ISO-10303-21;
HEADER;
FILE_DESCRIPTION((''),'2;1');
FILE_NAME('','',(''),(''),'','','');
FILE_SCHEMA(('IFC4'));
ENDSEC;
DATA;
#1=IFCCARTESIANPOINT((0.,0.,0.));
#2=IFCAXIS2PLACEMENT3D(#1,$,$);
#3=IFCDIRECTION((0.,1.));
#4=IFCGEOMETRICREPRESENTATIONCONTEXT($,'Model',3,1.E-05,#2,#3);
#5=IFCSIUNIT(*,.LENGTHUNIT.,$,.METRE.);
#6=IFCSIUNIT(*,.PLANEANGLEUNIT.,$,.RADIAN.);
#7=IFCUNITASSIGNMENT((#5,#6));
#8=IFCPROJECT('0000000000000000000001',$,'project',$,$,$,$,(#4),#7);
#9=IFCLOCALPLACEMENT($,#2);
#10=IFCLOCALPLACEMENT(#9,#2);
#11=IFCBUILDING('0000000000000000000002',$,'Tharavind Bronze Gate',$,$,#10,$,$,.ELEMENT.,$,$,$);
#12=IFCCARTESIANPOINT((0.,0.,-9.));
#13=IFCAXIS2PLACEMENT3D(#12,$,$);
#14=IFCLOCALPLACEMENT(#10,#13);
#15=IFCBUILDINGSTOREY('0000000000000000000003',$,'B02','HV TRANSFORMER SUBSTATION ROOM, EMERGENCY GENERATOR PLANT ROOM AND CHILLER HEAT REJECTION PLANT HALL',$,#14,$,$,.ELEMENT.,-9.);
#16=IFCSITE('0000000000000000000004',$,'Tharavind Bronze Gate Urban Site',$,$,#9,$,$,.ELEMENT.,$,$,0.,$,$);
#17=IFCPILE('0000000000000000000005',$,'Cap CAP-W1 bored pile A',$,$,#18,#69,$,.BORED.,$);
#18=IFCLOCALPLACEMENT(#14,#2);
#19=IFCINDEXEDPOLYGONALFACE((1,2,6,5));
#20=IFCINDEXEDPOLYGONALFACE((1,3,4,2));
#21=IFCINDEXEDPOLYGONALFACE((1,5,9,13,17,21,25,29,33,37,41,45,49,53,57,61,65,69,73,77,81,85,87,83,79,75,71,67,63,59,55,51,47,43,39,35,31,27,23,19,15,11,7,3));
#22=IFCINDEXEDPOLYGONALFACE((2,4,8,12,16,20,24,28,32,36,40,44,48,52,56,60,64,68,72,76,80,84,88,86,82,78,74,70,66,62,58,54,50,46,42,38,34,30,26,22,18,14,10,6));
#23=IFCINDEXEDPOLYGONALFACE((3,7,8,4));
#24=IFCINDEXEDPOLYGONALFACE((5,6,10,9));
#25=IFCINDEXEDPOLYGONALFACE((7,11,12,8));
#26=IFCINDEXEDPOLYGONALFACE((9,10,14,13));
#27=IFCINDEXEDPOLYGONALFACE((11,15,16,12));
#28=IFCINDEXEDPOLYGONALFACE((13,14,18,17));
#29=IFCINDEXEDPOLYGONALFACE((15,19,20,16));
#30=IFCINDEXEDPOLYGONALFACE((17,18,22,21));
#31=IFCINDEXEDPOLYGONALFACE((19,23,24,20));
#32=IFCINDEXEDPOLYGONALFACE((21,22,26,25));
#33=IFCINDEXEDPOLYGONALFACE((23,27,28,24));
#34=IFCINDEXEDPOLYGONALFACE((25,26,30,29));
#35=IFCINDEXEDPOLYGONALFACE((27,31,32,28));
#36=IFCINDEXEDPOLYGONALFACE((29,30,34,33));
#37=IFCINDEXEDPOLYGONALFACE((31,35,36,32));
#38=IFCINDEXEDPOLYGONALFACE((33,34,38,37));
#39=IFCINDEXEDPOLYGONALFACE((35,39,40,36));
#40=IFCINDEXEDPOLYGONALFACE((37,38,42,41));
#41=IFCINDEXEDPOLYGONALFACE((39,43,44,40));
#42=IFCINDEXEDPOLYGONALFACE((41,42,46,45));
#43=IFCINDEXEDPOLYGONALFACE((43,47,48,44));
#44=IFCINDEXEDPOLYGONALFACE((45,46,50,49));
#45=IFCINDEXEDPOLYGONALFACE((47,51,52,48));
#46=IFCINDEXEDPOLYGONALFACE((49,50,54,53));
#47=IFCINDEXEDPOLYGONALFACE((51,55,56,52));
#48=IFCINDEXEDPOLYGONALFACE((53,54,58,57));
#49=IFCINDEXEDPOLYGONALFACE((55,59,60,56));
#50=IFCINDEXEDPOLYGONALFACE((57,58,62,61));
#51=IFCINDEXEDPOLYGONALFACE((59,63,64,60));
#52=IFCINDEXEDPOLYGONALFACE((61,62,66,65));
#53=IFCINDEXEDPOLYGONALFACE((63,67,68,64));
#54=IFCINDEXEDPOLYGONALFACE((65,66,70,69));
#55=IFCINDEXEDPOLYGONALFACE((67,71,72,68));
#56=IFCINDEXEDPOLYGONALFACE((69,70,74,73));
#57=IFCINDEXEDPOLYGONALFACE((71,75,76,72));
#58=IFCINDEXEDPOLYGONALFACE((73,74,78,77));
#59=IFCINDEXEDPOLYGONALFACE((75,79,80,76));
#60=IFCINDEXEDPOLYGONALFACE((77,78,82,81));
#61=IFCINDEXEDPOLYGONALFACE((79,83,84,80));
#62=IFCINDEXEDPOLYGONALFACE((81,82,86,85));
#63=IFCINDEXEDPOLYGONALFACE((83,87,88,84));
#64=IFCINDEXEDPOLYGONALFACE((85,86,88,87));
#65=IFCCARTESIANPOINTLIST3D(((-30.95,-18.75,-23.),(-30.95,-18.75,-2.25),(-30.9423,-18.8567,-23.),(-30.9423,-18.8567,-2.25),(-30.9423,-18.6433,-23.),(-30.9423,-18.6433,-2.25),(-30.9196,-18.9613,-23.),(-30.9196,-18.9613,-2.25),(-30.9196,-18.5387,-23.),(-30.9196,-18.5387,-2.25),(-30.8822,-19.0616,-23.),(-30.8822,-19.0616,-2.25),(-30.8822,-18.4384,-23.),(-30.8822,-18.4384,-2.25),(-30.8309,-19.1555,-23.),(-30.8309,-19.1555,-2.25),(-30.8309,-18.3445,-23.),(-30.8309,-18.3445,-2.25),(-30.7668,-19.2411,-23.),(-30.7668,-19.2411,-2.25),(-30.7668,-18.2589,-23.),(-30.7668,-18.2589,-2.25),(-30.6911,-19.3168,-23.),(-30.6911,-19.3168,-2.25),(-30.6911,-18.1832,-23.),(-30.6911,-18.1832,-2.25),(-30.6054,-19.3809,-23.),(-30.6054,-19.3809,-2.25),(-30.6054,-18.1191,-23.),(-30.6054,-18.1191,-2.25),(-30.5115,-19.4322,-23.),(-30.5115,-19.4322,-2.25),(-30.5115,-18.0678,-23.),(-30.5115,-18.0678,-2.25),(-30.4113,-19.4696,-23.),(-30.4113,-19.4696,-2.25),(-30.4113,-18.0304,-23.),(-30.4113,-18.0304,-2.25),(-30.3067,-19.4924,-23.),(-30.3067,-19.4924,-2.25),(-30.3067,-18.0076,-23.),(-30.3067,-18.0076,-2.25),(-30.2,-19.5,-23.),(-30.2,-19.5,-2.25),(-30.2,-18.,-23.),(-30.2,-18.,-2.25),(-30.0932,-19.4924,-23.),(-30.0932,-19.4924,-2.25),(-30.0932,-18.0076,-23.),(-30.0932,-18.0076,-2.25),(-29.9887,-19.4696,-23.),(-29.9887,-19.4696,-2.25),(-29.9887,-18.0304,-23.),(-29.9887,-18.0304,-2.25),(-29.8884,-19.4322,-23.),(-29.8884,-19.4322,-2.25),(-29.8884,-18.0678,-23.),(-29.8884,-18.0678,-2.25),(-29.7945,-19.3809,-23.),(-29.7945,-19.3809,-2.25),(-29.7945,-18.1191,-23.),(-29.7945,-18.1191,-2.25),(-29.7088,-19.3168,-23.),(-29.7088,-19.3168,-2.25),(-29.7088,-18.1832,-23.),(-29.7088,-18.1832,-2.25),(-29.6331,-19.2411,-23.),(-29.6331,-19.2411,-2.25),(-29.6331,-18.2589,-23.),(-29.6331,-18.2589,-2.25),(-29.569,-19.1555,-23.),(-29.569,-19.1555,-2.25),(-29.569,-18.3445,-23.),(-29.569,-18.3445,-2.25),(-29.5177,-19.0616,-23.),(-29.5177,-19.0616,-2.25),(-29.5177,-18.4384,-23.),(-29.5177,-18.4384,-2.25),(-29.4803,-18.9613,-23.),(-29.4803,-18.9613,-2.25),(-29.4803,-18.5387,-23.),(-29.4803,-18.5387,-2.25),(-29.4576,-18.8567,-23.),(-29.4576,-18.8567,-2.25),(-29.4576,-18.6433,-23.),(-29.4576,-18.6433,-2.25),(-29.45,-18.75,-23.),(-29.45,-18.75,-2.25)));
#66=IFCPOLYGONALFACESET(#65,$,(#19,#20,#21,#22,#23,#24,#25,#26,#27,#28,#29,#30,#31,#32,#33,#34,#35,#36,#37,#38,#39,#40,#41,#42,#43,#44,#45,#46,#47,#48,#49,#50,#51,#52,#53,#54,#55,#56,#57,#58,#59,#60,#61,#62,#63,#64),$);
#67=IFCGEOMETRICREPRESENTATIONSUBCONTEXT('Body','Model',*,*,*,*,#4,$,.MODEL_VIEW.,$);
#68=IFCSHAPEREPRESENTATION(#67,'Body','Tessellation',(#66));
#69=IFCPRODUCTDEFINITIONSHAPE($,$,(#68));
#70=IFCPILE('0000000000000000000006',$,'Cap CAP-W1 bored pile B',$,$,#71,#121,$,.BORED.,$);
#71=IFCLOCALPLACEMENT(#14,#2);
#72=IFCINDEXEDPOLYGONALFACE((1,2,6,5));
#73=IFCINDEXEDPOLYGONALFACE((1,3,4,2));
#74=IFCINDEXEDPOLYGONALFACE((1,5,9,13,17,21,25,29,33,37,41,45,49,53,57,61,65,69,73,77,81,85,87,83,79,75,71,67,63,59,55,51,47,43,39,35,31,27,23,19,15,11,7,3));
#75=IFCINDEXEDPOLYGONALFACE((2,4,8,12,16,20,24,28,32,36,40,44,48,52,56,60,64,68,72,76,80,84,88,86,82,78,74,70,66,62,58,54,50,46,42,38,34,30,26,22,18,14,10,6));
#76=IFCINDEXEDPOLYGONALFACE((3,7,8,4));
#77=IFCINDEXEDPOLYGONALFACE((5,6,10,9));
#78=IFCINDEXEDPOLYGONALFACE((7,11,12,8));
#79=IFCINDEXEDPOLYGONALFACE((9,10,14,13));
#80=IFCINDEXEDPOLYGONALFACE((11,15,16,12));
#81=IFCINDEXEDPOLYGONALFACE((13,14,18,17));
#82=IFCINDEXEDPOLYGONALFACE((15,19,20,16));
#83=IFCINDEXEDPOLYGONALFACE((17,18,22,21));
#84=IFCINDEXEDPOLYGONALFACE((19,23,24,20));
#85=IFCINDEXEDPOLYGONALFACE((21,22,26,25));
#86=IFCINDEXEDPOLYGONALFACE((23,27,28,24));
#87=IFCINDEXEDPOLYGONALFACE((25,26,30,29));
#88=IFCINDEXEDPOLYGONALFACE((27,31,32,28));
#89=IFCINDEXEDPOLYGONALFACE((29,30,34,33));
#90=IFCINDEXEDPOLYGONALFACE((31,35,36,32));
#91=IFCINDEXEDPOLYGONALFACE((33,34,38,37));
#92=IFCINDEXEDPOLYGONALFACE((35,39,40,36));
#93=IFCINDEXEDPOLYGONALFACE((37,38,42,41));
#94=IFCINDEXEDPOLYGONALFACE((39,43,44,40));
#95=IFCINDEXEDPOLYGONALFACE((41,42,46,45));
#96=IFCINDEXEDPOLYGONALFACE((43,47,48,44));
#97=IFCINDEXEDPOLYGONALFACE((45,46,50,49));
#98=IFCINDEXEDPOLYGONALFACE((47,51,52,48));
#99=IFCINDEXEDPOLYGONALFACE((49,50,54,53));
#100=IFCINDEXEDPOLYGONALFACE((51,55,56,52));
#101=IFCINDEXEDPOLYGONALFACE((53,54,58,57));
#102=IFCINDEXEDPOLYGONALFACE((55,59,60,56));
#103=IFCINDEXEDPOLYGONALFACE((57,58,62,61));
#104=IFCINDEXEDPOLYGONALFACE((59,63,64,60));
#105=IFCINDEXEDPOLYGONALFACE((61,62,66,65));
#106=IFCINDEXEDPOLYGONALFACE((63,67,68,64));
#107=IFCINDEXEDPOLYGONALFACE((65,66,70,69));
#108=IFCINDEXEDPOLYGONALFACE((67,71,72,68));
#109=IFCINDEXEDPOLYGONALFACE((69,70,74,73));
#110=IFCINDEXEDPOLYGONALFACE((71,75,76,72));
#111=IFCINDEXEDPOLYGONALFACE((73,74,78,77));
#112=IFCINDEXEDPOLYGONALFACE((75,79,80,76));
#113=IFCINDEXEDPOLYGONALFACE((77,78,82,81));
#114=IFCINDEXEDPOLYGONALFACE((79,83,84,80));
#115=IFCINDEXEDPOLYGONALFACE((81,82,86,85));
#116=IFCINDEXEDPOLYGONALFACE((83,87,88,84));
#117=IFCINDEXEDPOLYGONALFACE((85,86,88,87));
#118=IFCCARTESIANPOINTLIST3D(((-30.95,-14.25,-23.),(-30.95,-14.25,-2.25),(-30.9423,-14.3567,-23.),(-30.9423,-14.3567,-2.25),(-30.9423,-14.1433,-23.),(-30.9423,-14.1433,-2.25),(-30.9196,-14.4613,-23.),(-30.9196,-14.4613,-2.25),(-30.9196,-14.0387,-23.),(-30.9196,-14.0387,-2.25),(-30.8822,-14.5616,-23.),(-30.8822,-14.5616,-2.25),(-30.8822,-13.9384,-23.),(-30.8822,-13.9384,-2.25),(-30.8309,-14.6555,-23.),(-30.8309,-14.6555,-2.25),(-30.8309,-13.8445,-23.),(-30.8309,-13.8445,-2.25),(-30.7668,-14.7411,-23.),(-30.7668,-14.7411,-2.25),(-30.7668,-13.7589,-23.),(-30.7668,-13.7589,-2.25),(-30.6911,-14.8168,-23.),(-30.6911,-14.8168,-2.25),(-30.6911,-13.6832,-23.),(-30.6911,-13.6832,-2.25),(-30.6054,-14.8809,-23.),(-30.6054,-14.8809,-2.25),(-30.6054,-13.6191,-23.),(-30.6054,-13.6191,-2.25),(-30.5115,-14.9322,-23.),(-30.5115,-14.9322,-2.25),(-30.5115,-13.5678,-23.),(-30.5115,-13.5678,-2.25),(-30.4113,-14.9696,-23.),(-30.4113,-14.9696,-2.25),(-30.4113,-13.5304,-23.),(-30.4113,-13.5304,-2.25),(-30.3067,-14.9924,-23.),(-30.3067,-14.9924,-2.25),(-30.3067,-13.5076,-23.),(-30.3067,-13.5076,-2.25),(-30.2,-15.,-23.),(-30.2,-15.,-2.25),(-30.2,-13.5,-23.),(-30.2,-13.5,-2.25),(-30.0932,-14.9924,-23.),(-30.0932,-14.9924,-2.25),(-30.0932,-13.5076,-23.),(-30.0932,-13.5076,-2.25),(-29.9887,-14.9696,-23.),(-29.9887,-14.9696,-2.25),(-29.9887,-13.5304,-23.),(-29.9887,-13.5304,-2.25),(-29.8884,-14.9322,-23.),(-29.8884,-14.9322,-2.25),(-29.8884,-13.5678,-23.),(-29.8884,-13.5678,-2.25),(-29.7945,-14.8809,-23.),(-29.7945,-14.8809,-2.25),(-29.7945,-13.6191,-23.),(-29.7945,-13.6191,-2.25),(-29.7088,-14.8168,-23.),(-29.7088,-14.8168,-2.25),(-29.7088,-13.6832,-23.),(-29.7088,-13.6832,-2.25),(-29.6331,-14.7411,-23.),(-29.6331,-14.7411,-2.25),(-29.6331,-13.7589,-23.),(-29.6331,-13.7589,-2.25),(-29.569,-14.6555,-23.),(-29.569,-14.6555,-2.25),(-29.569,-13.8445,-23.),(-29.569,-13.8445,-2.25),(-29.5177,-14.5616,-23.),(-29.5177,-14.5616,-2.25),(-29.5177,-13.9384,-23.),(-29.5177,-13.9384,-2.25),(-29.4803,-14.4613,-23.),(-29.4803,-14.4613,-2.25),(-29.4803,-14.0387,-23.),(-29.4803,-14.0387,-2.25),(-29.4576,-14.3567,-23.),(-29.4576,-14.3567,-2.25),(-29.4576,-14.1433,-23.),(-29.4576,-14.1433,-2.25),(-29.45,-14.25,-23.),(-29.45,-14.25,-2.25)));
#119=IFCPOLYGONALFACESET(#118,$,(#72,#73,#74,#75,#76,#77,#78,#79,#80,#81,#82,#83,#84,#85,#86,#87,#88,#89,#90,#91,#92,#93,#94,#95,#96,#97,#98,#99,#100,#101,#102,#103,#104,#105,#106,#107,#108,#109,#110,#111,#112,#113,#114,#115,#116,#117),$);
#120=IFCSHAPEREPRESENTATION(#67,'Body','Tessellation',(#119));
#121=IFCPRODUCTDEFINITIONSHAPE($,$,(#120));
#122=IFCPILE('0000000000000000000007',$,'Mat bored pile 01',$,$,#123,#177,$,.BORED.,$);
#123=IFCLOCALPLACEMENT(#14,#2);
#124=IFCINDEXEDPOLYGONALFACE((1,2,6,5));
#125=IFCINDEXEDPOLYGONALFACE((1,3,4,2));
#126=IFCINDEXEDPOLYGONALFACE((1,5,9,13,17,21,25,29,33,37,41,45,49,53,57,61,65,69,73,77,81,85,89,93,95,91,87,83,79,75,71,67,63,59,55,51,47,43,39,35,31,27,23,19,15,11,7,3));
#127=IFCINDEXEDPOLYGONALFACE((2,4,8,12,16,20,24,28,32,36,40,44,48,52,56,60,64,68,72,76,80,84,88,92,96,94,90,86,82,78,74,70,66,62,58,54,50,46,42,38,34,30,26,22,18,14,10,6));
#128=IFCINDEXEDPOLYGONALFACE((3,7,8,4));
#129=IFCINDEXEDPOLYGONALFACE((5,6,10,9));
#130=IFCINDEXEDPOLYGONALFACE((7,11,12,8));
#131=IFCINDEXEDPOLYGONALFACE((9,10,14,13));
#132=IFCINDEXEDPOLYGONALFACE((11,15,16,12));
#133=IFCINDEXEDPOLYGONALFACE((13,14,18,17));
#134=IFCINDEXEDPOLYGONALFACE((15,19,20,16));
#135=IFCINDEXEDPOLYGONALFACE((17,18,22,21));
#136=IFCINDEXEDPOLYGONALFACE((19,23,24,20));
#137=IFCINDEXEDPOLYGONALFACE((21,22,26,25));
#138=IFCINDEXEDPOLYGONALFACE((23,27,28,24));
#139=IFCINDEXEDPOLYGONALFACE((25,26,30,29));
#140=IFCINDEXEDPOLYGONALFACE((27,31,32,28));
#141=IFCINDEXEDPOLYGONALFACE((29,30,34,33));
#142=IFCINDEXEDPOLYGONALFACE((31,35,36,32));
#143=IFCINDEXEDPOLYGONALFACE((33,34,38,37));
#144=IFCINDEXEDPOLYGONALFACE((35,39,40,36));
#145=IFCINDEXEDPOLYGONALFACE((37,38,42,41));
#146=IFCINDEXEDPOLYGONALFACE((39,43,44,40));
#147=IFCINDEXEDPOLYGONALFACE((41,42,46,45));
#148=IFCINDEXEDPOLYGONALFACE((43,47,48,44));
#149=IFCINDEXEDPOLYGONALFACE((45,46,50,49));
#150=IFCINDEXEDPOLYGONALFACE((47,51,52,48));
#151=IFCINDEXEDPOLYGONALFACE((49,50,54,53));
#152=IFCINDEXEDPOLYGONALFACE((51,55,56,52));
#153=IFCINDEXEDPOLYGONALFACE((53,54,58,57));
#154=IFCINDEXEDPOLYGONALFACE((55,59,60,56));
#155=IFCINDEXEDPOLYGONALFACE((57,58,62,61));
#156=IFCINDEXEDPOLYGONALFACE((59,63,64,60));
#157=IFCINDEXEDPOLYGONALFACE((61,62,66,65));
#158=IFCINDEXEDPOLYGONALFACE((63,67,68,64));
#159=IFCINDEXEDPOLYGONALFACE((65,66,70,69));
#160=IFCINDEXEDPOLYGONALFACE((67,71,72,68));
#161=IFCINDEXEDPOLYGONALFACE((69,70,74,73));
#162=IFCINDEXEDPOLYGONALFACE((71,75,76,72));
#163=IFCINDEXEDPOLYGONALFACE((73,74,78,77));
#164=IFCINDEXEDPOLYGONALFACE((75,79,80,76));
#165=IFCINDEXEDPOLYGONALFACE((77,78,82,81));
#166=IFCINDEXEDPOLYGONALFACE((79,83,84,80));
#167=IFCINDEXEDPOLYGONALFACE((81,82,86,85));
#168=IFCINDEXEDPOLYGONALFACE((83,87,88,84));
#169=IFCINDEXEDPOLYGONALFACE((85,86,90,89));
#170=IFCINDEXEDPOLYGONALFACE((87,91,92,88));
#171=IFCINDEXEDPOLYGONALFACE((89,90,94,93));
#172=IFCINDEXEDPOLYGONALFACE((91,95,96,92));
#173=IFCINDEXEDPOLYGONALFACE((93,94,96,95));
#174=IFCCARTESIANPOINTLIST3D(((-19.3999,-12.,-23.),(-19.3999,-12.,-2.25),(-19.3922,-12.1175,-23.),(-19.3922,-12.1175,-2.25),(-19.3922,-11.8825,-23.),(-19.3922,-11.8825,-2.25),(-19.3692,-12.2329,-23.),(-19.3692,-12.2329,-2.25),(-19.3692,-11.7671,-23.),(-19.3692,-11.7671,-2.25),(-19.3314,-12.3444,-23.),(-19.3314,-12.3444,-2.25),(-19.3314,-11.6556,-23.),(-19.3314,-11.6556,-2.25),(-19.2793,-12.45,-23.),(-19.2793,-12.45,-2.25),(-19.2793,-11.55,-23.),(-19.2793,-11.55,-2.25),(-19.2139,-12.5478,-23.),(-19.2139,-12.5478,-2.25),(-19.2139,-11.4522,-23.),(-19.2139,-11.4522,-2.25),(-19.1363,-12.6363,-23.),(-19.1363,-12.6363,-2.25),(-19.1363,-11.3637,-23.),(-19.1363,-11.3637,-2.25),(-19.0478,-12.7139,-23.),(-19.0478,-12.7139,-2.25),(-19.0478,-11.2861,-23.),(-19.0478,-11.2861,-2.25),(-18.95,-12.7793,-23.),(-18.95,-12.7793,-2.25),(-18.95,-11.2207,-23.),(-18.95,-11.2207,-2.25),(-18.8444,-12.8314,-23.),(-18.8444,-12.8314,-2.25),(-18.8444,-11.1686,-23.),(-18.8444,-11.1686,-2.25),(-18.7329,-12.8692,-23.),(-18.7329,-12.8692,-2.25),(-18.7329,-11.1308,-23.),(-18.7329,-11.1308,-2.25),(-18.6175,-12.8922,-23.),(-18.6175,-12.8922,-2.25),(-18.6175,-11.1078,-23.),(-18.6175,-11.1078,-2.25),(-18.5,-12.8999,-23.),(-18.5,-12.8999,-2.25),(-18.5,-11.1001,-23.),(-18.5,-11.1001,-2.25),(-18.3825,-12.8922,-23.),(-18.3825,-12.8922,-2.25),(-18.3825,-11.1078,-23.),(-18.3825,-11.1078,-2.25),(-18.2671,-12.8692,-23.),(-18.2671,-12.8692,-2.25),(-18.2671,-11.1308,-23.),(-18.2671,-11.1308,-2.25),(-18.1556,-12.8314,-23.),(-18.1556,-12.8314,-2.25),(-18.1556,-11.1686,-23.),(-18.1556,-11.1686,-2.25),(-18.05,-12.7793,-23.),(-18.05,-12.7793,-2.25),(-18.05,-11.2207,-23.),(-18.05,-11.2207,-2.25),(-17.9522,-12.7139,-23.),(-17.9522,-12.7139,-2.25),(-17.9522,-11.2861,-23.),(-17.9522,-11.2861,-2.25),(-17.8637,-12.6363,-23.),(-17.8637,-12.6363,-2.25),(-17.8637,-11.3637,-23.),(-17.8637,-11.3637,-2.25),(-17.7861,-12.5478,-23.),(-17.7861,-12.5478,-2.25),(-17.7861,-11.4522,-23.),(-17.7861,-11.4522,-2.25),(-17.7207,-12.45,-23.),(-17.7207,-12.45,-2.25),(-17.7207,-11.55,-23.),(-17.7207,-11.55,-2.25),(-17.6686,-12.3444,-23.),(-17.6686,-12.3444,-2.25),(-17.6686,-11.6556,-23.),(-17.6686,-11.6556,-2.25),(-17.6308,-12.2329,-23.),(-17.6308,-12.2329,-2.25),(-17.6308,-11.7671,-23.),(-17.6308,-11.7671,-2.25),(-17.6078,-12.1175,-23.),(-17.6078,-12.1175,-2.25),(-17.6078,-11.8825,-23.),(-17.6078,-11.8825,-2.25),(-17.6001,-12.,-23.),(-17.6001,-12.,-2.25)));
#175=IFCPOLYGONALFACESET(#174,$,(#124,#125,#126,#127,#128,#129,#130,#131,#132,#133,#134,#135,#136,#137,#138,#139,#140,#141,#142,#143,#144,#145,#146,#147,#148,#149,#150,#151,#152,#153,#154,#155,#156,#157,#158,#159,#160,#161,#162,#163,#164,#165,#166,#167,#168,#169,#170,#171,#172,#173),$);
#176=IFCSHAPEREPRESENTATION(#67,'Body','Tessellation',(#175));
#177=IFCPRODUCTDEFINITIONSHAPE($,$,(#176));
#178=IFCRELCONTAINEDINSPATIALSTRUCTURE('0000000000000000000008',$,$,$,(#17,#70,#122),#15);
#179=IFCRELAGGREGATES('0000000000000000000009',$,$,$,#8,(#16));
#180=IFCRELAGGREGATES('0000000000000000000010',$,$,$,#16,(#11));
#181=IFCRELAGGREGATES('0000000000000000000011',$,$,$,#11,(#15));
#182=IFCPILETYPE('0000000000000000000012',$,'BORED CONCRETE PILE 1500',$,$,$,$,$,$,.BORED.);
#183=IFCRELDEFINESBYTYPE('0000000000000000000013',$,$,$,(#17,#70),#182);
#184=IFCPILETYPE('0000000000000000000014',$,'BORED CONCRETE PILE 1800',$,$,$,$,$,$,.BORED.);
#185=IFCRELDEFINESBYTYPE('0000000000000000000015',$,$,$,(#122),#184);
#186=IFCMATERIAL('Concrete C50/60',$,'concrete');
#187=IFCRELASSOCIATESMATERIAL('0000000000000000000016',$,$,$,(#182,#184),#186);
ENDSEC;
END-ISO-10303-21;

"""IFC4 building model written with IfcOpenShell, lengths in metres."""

from ifc_helpers import new_model, si_unit, direction, frame, origin, origin_2d, place, context, subcontext, project, spatial, circle, extrude, material, material_profile, profile_set, type_object, element, save


model = new_model("IFC4")

# Units and contexts
model_context = context("Model", 3, precision=1e-05, world=origin(), true_north=direction((0.0, 1.0)))
body_context = subcontext(model_context, "Body", "Model", "MODEL_VIEW")
ifc_project = project(units=[si_unit("LENGTHUNIT", "METRE"), si_unit("PLANEANGLEUNIT", "RADIAN")], contexts=[model_context])

# Site, building, storey
site_placement = place(None, origin())
site = spatial("IfcSite", under=ifc_project, at=site_placement, Name="Tharavind Bronze Gate Urban Site", CompositionType="ELEMENT", RefElevation=0.0)
building_placement = place(site_placement, origin())
building = spatial("IfcBuilding", under=site, at=building_placement, Name="Tharavind Bronze Gate", CompositionType="ELEMENT")
storey_placement = place(building_placement, frame((0.0, 0.0, -9.0)))
storey = spatial("IfcBuildingStorey", under=building, at=storey_placement, Name="B02", Description="HV TRANSFORMER SUBSTATION ROOM, EMERGENCY GENERATOR PLANT ROOM AND CHILLER HEAT REJECTION PLANT HALL", CompositionType="ELEMENT", Elevation=-9.0)

# Piles
ifc_material_1 = material(Name="Concrete C50/60", Category="concrete")
ifc_material_profile_1 = material_profile(ifc_material_1, circle(Radius=0.75, at=origin_2d()), Name="PILE1500")
ifc_profile_set_1 = profile_set([ifc_material_profile_1], Name="Concrete C50/60")
pile_type_1 = type_object("IfcPileType", Name="BORED CONCRETE PILE 1500", PredefinedType="BORED", material=ifc_profile_set_1)
for number, where, z_axis, x_axis, name in (
    (1, (-30.2, -18.75, -2.25), (0.0, 0.0, -1.0), (1.0, 0.0, 0.0), "Cap CAP-W1 bored pile A"),
    (2, (-30.2, -14.25, -2.25), (0.0, 0.0, -1.0), (1.0, 0.0, 0.0), "Cap CAP-W1 bored pile B"),
):
    element("IfcPile", number, at=place(storey_placement, frame(where, z_axis=z_axis, x_axis=x_axis)), inside=storey, type_object=pile_type_1, Name=name, PredefinedType="BORED", context=body_context, shape_type="SweptSolid", body=[
        extrude(circle(Radius=0.75, at=origin_2d()), origin(), (0.0, 0.0, 1.0), 20.75),
    ])
ifc_material_profile_2 = material_profile(ifc_material_1, circle(Radius=0.8999, at=origin_2d()), Name="PILE1800")
ifc_profile_set_2 = profile_set([ifc_material_profile_2], Name="Concrete C50/60")
pile_type_2 = type_object("IfcPileType", Name="BORED CONCRETE PILE 1800", PredefinedType="BORED", material=ifc_profile_set_2)
for number, where, z_axis, x_axis, name in (
    (3, (-18.5, -12.0, -2.25), (0.0, 0.0, -1.0), (1.0, 0.0, 0.0), "Mat bored pile 01"),
):
    element("IfcPile", number, at=place(storey_placement, frame(where, z_axis=z_axis, x_axis=x_axis)), inside=storey, type_object=pile_type_2, Name=name, PredefinedType="BORED", context=body_context, shape_type="SweptSolid", body=[
        extrude(circle(Radius=0.8999, at=origin_2d()), origin(), (0.0, 0.0, 1.0), 20.75),
    ])

save(model, "model.ifc")
